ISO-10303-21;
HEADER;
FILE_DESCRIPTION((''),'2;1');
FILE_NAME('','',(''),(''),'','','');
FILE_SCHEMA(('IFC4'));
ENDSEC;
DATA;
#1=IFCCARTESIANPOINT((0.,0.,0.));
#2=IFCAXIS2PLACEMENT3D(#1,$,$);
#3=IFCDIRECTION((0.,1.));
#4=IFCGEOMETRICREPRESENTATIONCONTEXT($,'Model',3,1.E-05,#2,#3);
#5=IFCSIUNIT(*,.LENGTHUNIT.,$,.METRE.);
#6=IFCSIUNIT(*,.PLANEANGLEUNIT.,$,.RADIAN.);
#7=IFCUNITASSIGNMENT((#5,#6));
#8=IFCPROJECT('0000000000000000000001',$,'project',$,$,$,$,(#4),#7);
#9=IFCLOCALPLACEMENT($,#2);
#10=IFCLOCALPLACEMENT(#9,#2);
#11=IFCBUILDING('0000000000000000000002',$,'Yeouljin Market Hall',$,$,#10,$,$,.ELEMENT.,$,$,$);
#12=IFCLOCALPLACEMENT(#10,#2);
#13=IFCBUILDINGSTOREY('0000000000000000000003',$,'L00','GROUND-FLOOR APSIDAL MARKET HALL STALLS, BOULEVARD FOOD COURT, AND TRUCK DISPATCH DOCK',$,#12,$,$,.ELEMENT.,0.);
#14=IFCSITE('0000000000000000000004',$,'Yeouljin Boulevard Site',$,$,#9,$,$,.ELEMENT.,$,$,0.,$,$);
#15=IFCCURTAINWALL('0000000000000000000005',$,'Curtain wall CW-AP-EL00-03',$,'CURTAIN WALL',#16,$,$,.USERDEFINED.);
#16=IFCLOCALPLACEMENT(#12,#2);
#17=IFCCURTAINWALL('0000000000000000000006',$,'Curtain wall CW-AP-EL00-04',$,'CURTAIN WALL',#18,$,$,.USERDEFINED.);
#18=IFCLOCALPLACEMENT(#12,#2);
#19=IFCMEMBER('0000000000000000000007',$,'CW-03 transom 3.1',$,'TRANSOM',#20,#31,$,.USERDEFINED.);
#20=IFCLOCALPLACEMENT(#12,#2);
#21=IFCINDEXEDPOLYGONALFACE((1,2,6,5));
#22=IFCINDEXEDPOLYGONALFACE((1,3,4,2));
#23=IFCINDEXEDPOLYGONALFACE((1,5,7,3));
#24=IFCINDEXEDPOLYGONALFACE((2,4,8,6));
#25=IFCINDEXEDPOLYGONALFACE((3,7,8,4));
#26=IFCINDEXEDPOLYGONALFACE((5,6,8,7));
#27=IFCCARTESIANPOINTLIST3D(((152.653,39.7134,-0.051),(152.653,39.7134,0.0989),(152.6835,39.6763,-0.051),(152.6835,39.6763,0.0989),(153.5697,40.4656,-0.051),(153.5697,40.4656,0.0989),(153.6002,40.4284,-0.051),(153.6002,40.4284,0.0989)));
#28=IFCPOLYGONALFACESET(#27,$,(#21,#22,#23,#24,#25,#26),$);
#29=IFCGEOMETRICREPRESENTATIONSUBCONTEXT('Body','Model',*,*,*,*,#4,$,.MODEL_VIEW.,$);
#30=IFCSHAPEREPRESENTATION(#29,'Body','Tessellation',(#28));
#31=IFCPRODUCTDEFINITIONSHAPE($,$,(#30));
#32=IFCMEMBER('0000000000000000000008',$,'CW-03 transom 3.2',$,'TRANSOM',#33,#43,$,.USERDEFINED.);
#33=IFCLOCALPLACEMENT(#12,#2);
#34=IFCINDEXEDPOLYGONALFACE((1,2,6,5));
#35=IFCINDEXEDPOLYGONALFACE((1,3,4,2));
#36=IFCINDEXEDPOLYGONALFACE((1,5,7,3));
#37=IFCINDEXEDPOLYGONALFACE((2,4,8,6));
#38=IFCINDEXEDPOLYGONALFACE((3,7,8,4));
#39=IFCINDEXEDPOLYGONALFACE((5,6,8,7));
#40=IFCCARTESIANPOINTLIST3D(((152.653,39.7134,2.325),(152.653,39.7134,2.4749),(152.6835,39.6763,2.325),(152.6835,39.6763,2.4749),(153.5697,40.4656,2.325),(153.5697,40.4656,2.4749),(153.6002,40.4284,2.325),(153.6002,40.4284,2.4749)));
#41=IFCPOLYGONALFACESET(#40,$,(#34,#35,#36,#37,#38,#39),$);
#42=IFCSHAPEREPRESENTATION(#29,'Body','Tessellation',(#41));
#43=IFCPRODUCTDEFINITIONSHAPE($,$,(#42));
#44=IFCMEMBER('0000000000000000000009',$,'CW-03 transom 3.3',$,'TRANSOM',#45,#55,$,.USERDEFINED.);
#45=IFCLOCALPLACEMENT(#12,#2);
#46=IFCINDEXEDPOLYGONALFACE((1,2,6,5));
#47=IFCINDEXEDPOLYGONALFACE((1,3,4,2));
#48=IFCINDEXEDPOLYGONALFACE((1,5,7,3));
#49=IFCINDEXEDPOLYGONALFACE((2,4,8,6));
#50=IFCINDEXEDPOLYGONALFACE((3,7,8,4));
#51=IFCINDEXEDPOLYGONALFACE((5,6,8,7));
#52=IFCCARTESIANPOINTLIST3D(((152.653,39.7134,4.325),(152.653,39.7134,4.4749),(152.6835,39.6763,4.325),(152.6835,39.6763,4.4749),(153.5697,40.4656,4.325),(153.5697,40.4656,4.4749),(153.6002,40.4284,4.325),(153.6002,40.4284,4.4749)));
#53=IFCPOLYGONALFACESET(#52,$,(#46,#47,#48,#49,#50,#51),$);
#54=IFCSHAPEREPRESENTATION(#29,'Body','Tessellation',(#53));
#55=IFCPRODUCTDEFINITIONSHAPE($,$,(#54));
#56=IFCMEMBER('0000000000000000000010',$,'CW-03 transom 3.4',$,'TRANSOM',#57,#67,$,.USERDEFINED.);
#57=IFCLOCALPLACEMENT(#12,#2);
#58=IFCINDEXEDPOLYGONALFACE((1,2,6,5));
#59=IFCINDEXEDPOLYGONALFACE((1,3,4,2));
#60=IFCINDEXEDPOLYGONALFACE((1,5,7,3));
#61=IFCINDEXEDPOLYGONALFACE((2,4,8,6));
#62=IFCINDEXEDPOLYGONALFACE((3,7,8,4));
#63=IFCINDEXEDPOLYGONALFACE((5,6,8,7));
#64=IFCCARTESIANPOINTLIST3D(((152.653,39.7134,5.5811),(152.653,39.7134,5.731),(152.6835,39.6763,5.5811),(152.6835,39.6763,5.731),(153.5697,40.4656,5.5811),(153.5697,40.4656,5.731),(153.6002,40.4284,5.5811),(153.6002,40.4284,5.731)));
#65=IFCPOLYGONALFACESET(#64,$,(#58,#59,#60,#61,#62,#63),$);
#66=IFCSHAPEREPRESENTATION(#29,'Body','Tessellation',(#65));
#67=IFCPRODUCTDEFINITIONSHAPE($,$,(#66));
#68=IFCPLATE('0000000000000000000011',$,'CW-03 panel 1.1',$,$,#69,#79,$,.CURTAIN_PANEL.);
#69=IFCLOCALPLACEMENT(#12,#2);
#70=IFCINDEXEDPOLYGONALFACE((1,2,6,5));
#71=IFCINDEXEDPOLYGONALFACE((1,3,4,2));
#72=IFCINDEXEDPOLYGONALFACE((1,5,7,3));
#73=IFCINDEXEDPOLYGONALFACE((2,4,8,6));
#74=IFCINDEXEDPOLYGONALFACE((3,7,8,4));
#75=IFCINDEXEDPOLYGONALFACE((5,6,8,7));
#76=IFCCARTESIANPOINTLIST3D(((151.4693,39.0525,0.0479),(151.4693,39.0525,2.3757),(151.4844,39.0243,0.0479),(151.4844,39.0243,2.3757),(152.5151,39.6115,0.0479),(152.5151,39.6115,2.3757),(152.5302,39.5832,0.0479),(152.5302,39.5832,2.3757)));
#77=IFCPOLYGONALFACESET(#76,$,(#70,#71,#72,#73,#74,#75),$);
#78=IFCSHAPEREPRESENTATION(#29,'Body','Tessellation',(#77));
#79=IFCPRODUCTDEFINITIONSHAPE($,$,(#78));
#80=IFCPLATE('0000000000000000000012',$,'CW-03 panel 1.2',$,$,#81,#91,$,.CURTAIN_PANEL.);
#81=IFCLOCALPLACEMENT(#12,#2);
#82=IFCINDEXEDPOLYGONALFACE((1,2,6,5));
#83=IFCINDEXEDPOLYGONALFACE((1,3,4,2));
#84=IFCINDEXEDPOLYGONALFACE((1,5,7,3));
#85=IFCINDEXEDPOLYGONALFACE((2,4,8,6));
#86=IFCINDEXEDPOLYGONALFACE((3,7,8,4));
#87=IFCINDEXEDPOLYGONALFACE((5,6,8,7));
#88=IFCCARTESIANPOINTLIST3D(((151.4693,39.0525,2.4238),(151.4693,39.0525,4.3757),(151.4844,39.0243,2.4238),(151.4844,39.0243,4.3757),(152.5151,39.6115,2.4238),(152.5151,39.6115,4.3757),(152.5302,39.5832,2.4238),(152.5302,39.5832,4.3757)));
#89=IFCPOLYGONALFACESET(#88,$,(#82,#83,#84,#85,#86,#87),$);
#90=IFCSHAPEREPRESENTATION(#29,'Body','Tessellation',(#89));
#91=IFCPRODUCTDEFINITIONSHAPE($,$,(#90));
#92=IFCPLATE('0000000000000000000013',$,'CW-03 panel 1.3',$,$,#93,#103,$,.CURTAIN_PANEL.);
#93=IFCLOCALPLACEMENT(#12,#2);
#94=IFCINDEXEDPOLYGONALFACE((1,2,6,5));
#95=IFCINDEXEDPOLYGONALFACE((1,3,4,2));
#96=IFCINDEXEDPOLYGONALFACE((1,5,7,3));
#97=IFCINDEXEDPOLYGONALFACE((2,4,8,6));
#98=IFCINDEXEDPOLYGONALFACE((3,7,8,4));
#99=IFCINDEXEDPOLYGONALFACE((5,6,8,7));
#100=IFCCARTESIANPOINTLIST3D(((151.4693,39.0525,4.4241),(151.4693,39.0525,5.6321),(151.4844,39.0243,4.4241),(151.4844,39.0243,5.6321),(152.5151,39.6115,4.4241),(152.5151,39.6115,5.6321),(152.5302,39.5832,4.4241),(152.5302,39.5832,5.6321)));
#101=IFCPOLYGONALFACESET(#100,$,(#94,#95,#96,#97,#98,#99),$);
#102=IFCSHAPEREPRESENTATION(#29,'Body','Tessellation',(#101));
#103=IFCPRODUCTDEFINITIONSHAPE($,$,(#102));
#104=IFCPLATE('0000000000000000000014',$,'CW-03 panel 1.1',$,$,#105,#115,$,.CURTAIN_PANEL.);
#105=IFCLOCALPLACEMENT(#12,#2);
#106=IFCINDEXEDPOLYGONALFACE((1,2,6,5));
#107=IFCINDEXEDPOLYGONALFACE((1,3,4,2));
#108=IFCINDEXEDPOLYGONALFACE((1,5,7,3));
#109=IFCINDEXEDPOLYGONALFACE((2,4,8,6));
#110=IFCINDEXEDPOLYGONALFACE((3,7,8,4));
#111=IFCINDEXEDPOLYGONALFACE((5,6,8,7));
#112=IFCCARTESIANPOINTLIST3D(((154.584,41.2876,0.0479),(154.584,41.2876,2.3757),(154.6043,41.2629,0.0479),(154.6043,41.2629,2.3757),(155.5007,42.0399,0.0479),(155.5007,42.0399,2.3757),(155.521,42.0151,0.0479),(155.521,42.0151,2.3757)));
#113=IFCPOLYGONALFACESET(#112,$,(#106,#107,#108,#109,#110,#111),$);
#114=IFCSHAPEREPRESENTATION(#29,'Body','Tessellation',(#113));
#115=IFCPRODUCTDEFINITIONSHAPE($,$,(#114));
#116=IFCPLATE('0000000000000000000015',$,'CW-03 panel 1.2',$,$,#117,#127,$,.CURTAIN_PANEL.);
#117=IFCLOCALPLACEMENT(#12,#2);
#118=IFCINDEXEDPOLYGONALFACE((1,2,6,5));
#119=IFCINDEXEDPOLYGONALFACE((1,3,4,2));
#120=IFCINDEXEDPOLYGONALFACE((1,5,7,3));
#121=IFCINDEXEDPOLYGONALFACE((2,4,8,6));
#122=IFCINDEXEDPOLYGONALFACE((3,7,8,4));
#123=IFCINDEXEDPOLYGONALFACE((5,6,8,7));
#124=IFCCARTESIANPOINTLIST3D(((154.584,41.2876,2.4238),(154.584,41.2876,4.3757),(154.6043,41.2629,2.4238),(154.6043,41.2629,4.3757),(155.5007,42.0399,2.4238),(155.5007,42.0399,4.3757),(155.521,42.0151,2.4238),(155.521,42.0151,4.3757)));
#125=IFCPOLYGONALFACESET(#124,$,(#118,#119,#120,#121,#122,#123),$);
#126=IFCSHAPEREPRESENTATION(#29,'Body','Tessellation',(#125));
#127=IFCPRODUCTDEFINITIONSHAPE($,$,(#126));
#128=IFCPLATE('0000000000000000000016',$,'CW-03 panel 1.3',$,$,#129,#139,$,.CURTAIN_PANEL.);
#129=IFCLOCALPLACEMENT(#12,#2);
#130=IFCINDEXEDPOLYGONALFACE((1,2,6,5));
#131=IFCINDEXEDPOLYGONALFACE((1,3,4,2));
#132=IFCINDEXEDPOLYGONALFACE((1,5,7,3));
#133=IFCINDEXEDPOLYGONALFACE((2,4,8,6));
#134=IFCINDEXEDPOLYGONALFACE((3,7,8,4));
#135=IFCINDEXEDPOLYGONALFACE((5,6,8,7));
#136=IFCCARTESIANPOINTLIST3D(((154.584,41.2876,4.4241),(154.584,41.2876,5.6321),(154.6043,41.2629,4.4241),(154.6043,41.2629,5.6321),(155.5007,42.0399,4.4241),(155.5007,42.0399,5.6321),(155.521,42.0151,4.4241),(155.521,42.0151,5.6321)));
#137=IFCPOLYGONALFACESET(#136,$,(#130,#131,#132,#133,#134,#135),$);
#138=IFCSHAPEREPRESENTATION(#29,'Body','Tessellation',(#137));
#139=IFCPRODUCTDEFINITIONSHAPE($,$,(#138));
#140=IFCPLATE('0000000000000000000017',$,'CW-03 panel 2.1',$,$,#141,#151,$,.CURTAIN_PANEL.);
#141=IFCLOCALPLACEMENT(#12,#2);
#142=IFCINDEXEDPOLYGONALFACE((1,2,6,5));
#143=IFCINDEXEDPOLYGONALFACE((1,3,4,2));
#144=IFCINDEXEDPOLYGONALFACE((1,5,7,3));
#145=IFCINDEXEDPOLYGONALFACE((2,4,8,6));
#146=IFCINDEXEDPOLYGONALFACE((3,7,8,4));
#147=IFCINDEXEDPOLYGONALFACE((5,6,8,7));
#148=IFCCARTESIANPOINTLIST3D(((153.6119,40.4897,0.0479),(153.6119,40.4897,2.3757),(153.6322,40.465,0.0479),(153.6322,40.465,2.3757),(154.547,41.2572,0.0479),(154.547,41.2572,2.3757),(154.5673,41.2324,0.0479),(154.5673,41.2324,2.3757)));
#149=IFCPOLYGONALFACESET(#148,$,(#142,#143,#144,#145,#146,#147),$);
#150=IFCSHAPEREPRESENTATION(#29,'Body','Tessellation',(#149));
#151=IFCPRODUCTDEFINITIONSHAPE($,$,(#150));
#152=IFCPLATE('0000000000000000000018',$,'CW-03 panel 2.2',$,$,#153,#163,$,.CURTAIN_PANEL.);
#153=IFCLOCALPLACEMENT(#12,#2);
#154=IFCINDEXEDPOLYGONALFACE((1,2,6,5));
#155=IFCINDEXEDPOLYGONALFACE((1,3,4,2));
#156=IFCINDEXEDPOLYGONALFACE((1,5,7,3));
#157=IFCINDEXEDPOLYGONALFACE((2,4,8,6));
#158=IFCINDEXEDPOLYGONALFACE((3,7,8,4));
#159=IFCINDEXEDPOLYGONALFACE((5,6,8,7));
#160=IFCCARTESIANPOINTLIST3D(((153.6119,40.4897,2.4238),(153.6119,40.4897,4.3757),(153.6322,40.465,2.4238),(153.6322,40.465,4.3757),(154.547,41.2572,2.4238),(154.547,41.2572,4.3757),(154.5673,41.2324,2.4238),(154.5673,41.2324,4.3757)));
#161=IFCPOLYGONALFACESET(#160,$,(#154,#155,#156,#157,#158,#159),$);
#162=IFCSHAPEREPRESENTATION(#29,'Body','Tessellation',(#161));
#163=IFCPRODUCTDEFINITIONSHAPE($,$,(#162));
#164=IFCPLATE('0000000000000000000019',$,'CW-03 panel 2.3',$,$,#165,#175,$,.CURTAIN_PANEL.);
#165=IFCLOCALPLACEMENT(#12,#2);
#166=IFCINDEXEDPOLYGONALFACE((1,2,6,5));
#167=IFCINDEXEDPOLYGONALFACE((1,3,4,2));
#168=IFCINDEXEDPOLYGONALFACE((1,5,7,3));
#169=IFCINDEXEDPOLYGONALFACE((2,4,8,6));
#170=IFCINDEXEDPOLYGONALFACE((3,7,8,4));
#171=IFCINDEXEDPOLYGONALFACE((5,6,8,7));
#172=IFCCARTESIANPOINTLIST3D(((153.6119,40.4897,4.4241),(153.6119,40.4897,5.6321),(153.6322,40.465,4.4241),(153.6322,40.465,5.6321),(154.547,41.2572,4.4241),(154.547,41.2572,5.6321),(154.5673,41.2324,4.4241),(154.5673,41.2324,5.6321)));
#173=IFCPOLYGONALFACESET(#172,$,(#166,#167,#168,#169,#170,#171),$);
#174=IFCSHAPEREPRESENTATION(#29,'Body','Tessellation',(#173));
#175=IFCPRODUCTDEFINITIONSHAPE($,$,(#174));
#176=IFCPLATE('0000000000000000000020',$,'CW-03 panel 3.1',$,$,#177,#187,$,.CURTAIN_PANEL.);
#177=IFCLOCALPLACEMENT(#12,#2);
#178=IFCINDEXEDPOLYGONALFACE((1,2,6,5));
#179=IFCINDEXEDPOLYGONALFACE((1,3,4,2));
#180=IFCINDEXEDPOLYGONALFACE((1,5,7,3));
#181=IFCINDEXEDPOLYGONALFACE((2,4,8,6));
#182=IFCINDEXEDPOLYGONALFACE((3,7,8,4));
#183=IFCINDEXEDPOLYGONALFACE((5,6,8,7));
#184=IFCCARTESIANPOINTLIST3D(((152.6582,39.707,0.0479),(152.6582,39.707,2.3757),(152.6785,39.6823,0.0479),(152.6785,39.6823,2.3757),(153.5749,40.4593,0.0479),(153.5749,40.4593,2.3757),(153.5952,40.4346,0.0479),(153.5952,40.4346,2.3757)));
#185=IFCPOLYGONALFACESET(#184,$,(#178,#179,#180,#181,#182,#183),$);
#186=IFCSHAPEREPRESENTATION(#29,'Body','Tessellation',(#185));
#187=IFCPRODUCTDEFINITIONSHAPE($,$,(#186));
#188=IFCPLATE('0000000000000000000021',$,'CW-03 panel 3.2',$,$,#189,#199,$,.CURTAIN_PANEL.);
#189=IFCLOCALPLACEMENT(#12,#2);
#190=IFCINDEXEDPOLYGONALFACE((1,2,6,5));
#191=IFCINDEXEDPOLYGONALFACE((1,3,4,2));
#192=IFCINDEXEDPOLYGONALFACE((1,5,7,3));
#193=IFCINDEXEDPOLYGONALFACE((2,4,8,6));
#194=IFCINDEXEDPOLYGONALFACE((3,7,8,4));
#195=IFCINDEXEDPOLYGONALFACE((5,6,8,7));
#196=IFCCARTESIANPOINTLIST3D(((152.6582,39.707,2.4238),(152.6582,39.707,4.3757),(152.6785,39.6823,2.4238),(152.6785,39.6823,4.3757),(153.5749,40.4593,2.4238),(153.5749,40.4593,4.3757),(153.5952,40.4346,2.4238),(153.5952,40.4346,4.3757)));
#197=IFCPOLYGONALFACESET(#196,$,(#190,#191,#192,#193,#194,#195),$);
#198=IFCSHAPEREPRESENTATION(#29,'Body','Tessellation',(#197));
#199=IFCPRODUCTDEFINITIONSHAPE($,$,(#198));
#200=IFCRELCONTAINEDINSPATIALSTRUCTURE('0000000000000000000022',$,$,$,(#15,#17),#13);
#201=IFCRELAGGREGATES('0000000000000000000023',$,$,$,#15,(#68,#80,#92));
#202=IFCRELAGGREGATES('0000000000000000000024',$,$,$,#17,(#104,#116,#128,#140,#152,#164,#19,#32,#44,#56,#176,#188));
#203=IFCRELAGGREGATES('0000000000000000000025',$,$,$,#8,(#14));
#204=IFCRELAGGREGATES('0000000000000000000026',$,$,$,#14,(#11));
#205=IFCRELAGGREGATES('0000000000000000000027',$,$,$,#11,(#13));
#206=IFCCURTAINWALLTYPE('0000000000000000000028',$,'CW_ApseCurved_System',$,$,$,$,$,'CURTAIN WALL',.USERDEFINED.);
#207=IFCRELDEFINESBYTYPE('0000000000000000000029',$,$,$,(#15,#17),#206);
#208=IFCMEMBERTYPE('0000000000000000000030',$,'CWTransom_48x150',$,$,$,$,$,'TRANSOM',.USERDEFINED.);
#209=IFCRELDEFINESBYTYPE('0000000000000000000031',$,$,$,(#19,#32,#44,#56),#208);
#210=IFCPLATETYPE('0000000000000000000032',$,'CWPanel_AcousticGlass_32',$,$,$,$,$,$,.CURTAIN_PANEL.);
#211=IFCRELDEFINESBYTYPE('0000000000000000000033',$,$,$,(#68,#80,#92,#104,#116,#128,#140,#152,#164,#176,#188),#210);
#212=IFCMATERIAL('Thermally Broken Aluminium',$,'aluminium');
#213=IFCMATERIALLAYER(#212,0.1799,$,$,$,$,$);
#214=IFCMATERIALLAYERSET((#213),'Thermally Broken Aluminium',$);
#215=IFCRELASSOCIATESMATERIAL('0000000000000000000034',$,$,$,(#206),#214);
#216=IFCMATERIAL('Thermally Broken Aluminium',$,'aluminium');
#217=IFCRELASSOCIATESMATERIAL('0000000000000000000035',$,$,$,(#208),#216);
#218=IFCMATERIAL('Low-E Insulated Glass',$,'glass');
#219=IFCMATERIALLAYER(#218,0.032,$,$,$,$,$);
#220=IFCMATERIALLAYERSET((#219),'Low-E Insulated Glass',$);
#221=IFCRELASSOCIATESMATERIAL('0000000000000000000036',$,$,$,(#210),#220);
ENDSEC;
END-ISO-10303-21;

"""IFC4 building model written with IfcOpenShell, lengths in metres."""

from ifc_helpers import new_model, si_unit, direction, frame, origin, origin_2d, place, context, subcontext, project, spatial, rectangle, extrude, material, layer, layer_set, material_profile, profile_set, type_object, element, aggregate, save


model = new_model("IFC4")

# Units and contexts
model_context = context("Model", 3, precision=1e-05, world=origin(), true_north=direction((0.0, 1.0)))
body_context = subcontext(model_context, "Body", "Model", "MODEL_VIEW")
ifc_project = project(units=[si_unit("LENGTHUNIT", "METRE"), si_unit("PLANEANGLEUNIT", "RADIAN")], contexts=[model_context])

# Site, building, storey
site_placement = place(None, origin())
site = spatial("IfcSite", under=ifc_project, at=site_placement, Name="Yeouljin Boulevard Site", CompositionType="ELEMENT", RefElevation=0.0)
building_placement = place(site_placement, origin())
building = spatial("IfcBuilding", under=site, at=building_placement, Name="Yeouljin Market Hall", CompositionType="ELEMENT")
storey_placement = place(building_placement, origin())
storey = spatial("IfcBuildingStorey", under=building, at=storey_placement, Name="L00", Description="GROUND-FLOOR APSIDAL MARKET HALL STALLS, BOULEVARD FOOD COURT, AND TRUCK DISPATCH DOCK", CompositionType="ELEMENT", Elevation=0.0)

# Curtain walls
ifc_material_1 = material(Name="Thermally Broken Aluminium", Category="aluminium")
ifc_layer_1 = layer(ifc_material_1, 0.1799)
ifc_layer_set_1 = layer_set([ifc_layer_1], Name="Thermally Broken Aluminium")
curtain_wall_type = type_object("IfcCurtainWallType", Name="CW_ApseCurved_System", ElementType="CURTAIN WALL", PredefinedType="USERDEFINED", material=ifc_layer_set_1)
curtain_wall_1_placement = place(storey_placement, origin())
curtain_wall_1 = element("IfcCurtainWall", 1, at=curtain_wall_1_placement, inside=storey, type_object=curtain_wall_type, Name="Curtain wall CW-AP-EL00-03", ObjectType="CURTAIN WALL", PredefinedType="USERDEFINED")
curtain_wall_2_placement = place(storey_placement, origin())
curtain_wall_2 = element("IfcCurtainWall", 2, at=curtain_wall_2_placement, inside=storey, type_object=curtain_wall_type, Name="Curtain wall CW-AP-EL00-04", ObjectType="CURTAIN WALL", PredefinedType="USERDEFINED")

# Members
ifc_material_2 = material(Name="Thermally Broken Aluminium", Category="aluminium")
ifc_material_profile_1 = material_profile(ifc_material_2, rectangle(XDim=0.0481, YDim=0.1499, at=origin_2d()), Name="CW-TRAN-48x150")
ifc_profile_set_1 = profile_set([ifc_material_profile_1], Name="Thermally Broken Aluminium")
member_type_1 = type_object("IfcMemberType", Name="CWTransom_48x150", ElementType="TRANSOM", PredefinedType="USERDEFINED", material=ifc_profile_set_1)
member_1_placement = place(storey_placement, frame((153.585, 40.447, 0.0239), z_axis=(-0.773076, -0.634313, 0.0), x_axis=(0.634313, -0.773076, 0.0)))
member_1 = element("IfcMember", 3, at=member_1_placement, type_object=member_type_1, Name="CW-03 transom 3.1", ObjectType="TRANSOM", PredefinedType="USERDEFINED", context=body_context, shape_type="SweptSolid", body=[
    extrude(rectangle(XDim=0.0481, YDim=0.1499, at=origin_2d()), origin(), (0.0, 0.0, 1.0), 1.1858),
])
member_2_placement = place(storey_placement, frame((153.585, 40.447, 2.3999), z_axis=(-0.773076, -0.634313, 0.0), x_axis=(0.634313, -0.773076, 0.0)))
member_2 = element("IfcMember", 4, at=member_2_placement, type_object=member_type_1, Name="CW-03 transom 3.2", ObjectType="TRANSOM", PredefinedType="USERDEFINED", context=body_context, shape_type="SweptSolid", body=[
    extrude(rectangle(XDim=0.0481, YDim=0.1499, at=origin_2d()), origin(), (0.0, 0.0, 1.0), 1.1858),
])
member_3_placement = place(storey_placement, frame((153.585, 40.447, 4.3999), z_axis=(-0.773076, -0.634313, 0.0), x_axis=(0.634313, -0.773076, 0.0)))
member_3 = element("IfcMember", 5, at=member_3_placement, type_object=member_type_1, Name="CW-03 transom 3.3", ObjectType="TRANSOM", PredefinedType="USERDEFINED", context=body_context, shape_type="SweptSolid", body=[
    extrude(rectangle(XDim=0.0481, YDim=0.1499, at=origin_2d()), origin(), (0.0, 0.0, 1.0), 1.1858),
])
member_4_placement = place(storey_placement, frame((153.585, 40.447, 5.656), z_axis=(-0.773076, -0.634313, 0.0), x_axis=(0.634313, -0.773076, 0.0)))
member_4 = element("IfcMember", 6, at=member_4_placement, type_object=member_type_1, Name="CW-03 transom 3.4", ObjectType="TRANSOM", PredefinedType="USERDEFINED", context=body_context, shape_type="SweptSolid", body=[
    extrude(rectangle(XDim=0.0481, YDim=0.1499, at=origin_2d()), origin(), (0.0, 0.0, 1.0), 1.1858),
])

# Plates
ifc_material_3 = material(Name="Low-E Insulated Glass", Category="glass")
ifc_layer_2 = layer(ifc_material_3, 0.032)
ifc_layer_set_2 = layer_set([ifc_layer_2], Name="Low-E Insulated Glass")
plate_type = type_object("IfcPlateType", Name="CWPanel_AcousticGlass_32", PredefinedType="CURTAIN_PANEL", material=ifc_layer_set_2)
plate_1_placement = place(storey_placement, frame((151.9998, 39.3179, 0.0479), z_axis=(0.0, 0.0, 1.0), x_axis=(-0.881931, -0.471378, 0.0)))
plate_1 = element("IfcPlate", 7, at=plate_1_placement, type_object=plate_type, Name="CW-03 panel 1.1", PredefinedType="CURTAIN_PANEL", context=body_context, shape_type="SweptSolid", body=[
    extrude(rectangle(XDim=1.1858, YDim=0.032, at=origin_2d()), origin(), (0.0, 0.0, 1.0), 2.3279),
])
plate_2_placement = place(storey_placement, frame((151.9998, 39.3179, 2.4238), z_axis=(0.0, 0.0, 1.0), x_axis=(-0.881931, -0.471378, 0.0)))
plate_2 = element("IfcPlate", 8, at=plate_2_placement, type_object=plate_type, Name="CW-03 panel 1.2", PredefinedType="CURTAIN_PANEL", context=body_context, shape_type="SweptSolid", body=[
    extrude(rectangle(XDim=1.1858, YDim=0.032, at=origin_2d()), origin(), (0.0, 0.0, 1.0), 1.9519),
])
plate_3_placement = place(storey_placement, frame((151.9998, 39.3179, 4.4241), z_axis=(0.0, 0.0, 1.0), x_axis=(-0.881931, -0.471378, 0.0)))
plate_3 = element("IfcPlate", 9, at=plate_3_placement, type_object=plate_type, Name="CW-03 panel 1.3", PredefinedType="CURTAIN_PANEL", context=body_context, shape_type="SweptSolid", body=[
    extrude(rectangle(XDim=1.1858, YDim=0.032, at=origin_2d()), origin(), (0.0, 0.0, 1.0), 1.208),
])
aggregate(curtain_wall_1, [plate_1, plate_2, plate_3])
plate_4_placement = place(storey_placement, frame((155.0525, 41.6514, 0.0479), z_axis=(0.0, 0.0, 1.0), x_axis=(-0.773018, -0.634384, 0.0)))
plate_4 = element("IfcPlate", 10, at=plate_4_placement, type_object=plate_type, Name="CW-03 panel 1.1", PredefinedType="CURTAIN_PANEL", context=body_context, shape_type="SweptSolid", body=[
    extrude(rectangle(XDim=1.1858, YDim=0.032, at=origin_2d()), origin(), (0.0, 0.0, 1.0), 2.3279),
])
plate_5_placement = place(storey_placement, frame((155.0525, 41.6514, 2.4238), z_axis=(0.0, 0.0, 1.0), x_axis=(-0.773018, -0.634384, 0.0)))
plate_5 = element("IfcPlate", 11, at=plate_5_placement, type_object=plate_type, Name="CW-03 panel 1.2", PredefinedType="CURTAIN_PANEL", context=body_context, shape_type="SweptSolid", body=[
    extrude(rectangle(XDim=1.1858, YDim=0.032, at=origin_2d()), origin(), (0.0, 0.0, 1.0), 1.9519),
])
plate_6_placement = place(storey_placement, frame((155.0525, 41.6514, 4.4241), z_axis=(0.0, 0.0, 1.0), x_axis=(-0.773018, -0.634384, 0.0)))
plate_6 = element("IfcPlate", 12, at=plate_6_placement, type_object=plate_type, Name="CW-03 panel 1.3", PredefinedType="CURTAIN_PANEL", context=body_context, shape_type="SweptSolid", body=[
    extrude(rectangle(XDim=1.1858, YDim=0.032, at=origin_2d()), origin(), (0.0, 0.0, 1.0), 1.208),
])
plate_7_placement = place(storey_placement, frame((154.0896, 40.8611, 0.0479), z_axis=(0.0, 0.0, 1.0), x_axis=(-0.773018, -0.634384, 0.0)))
plate_7 = element("IfcPlate", 13, at=plate_7_placement, type_object=plate_type, Name="CW-03 panel 2.1", PredefinedType="CURTAIN_PANEL", context=body_context, shape_type="SweptSolid", body=[
    extrude(rectangle(XDim=1.2097, YDim=0.032, at=origin_2d()), origin(), (0.0, 0.0, 1.0), 2.3279),
])
plate_8_placement = place(storey_placement, frame((154.0896, 40.8611, 2.4238), z_axis=(0.0, 0.0, 1.0), x_axis=(-0.773018, -0.634384, 0.0)))
plate_8 = element("IfcPlate", 14, at=plate_8_placement, type_object=plate_type, Name="CW-03 panel 2.2", PredefinedType="CURTAIN_PANEL", context=body_context, shape_type="SweptSolid", body=[
    extrude(rectangle(XDim=1.2097, YDim=0.032, at=origin_2d()), origin(), (0.0, 0.0, 1.0), 1.9519),
])
plate_9_placement = place(storey_placement, frame((154.0896, 40.8611, 4.4241), z_axis=(0.0, 0.0, 1.0), x_axis=(-0.773018, -0.634384, 0.0)))
plate_9 = element("IfcPlate", 15, at=plate_9_placement, type_object=plate_type, Name="CW-03 panel 2.3", PredefinedType="CURTAIN_PANEL", context=body_context, shape_type="SweptSolid", body=[
    extrude(rectangle(XDim=1.2097, YDim=0.032, at=origin_2d()), origin(), (0.0, 0.0, 1.0), 1.208),
])
plate_10_placement = place(storey_placement, frame((153.1267, 40.0708, 0.0479), z_axis=(0.0, 0.0, 1.0), x_axis=(-0.773018, -0.634384, 0.0)))
plate_10 = element("IfcPlate", 16, at=plate_10_placement, type_object=plate_type, Name="CW-03 panel 3.1", PredefinedType="CURTAIN_PANEL", context=body_context, shape_type="SweptSolid", body=[
    extrude(rectangle(XDim=1.1858, YDim=0.032, at=origin_2d()), origin(), (0.0, 0.0, 1.0), 2.3279),
])
plate_11_placement = place(storey_placement, frame((153.1267, 40.0708, 2.4238), z_axis=(0.0, 0.0, 1.0), x_axis=(-0.773018, -0.634384, 0.0)))
plate_11 = element("IfcPlate", 17, at=plate_11_placement, type_object=plate_type, Name="CW-03 panel 3.2", PredefinedType="CURTAIN_PANEL", context=body_context, shape_type="SweptSolid", body=[
    extrude(rectangle(XDim=1.1858, YDim=0.032, at=origin_2d()), origin(), (0.0, 0.0, 1.0), 1.9519),
])
aggregate(curtain_wall_2, [plate_4, plate_5, plate_6, plate_7, plate_8, plate_9, member_1, member_2, member_3, member_4, plate_10, plate_11])

save(model, "model.ifc")
